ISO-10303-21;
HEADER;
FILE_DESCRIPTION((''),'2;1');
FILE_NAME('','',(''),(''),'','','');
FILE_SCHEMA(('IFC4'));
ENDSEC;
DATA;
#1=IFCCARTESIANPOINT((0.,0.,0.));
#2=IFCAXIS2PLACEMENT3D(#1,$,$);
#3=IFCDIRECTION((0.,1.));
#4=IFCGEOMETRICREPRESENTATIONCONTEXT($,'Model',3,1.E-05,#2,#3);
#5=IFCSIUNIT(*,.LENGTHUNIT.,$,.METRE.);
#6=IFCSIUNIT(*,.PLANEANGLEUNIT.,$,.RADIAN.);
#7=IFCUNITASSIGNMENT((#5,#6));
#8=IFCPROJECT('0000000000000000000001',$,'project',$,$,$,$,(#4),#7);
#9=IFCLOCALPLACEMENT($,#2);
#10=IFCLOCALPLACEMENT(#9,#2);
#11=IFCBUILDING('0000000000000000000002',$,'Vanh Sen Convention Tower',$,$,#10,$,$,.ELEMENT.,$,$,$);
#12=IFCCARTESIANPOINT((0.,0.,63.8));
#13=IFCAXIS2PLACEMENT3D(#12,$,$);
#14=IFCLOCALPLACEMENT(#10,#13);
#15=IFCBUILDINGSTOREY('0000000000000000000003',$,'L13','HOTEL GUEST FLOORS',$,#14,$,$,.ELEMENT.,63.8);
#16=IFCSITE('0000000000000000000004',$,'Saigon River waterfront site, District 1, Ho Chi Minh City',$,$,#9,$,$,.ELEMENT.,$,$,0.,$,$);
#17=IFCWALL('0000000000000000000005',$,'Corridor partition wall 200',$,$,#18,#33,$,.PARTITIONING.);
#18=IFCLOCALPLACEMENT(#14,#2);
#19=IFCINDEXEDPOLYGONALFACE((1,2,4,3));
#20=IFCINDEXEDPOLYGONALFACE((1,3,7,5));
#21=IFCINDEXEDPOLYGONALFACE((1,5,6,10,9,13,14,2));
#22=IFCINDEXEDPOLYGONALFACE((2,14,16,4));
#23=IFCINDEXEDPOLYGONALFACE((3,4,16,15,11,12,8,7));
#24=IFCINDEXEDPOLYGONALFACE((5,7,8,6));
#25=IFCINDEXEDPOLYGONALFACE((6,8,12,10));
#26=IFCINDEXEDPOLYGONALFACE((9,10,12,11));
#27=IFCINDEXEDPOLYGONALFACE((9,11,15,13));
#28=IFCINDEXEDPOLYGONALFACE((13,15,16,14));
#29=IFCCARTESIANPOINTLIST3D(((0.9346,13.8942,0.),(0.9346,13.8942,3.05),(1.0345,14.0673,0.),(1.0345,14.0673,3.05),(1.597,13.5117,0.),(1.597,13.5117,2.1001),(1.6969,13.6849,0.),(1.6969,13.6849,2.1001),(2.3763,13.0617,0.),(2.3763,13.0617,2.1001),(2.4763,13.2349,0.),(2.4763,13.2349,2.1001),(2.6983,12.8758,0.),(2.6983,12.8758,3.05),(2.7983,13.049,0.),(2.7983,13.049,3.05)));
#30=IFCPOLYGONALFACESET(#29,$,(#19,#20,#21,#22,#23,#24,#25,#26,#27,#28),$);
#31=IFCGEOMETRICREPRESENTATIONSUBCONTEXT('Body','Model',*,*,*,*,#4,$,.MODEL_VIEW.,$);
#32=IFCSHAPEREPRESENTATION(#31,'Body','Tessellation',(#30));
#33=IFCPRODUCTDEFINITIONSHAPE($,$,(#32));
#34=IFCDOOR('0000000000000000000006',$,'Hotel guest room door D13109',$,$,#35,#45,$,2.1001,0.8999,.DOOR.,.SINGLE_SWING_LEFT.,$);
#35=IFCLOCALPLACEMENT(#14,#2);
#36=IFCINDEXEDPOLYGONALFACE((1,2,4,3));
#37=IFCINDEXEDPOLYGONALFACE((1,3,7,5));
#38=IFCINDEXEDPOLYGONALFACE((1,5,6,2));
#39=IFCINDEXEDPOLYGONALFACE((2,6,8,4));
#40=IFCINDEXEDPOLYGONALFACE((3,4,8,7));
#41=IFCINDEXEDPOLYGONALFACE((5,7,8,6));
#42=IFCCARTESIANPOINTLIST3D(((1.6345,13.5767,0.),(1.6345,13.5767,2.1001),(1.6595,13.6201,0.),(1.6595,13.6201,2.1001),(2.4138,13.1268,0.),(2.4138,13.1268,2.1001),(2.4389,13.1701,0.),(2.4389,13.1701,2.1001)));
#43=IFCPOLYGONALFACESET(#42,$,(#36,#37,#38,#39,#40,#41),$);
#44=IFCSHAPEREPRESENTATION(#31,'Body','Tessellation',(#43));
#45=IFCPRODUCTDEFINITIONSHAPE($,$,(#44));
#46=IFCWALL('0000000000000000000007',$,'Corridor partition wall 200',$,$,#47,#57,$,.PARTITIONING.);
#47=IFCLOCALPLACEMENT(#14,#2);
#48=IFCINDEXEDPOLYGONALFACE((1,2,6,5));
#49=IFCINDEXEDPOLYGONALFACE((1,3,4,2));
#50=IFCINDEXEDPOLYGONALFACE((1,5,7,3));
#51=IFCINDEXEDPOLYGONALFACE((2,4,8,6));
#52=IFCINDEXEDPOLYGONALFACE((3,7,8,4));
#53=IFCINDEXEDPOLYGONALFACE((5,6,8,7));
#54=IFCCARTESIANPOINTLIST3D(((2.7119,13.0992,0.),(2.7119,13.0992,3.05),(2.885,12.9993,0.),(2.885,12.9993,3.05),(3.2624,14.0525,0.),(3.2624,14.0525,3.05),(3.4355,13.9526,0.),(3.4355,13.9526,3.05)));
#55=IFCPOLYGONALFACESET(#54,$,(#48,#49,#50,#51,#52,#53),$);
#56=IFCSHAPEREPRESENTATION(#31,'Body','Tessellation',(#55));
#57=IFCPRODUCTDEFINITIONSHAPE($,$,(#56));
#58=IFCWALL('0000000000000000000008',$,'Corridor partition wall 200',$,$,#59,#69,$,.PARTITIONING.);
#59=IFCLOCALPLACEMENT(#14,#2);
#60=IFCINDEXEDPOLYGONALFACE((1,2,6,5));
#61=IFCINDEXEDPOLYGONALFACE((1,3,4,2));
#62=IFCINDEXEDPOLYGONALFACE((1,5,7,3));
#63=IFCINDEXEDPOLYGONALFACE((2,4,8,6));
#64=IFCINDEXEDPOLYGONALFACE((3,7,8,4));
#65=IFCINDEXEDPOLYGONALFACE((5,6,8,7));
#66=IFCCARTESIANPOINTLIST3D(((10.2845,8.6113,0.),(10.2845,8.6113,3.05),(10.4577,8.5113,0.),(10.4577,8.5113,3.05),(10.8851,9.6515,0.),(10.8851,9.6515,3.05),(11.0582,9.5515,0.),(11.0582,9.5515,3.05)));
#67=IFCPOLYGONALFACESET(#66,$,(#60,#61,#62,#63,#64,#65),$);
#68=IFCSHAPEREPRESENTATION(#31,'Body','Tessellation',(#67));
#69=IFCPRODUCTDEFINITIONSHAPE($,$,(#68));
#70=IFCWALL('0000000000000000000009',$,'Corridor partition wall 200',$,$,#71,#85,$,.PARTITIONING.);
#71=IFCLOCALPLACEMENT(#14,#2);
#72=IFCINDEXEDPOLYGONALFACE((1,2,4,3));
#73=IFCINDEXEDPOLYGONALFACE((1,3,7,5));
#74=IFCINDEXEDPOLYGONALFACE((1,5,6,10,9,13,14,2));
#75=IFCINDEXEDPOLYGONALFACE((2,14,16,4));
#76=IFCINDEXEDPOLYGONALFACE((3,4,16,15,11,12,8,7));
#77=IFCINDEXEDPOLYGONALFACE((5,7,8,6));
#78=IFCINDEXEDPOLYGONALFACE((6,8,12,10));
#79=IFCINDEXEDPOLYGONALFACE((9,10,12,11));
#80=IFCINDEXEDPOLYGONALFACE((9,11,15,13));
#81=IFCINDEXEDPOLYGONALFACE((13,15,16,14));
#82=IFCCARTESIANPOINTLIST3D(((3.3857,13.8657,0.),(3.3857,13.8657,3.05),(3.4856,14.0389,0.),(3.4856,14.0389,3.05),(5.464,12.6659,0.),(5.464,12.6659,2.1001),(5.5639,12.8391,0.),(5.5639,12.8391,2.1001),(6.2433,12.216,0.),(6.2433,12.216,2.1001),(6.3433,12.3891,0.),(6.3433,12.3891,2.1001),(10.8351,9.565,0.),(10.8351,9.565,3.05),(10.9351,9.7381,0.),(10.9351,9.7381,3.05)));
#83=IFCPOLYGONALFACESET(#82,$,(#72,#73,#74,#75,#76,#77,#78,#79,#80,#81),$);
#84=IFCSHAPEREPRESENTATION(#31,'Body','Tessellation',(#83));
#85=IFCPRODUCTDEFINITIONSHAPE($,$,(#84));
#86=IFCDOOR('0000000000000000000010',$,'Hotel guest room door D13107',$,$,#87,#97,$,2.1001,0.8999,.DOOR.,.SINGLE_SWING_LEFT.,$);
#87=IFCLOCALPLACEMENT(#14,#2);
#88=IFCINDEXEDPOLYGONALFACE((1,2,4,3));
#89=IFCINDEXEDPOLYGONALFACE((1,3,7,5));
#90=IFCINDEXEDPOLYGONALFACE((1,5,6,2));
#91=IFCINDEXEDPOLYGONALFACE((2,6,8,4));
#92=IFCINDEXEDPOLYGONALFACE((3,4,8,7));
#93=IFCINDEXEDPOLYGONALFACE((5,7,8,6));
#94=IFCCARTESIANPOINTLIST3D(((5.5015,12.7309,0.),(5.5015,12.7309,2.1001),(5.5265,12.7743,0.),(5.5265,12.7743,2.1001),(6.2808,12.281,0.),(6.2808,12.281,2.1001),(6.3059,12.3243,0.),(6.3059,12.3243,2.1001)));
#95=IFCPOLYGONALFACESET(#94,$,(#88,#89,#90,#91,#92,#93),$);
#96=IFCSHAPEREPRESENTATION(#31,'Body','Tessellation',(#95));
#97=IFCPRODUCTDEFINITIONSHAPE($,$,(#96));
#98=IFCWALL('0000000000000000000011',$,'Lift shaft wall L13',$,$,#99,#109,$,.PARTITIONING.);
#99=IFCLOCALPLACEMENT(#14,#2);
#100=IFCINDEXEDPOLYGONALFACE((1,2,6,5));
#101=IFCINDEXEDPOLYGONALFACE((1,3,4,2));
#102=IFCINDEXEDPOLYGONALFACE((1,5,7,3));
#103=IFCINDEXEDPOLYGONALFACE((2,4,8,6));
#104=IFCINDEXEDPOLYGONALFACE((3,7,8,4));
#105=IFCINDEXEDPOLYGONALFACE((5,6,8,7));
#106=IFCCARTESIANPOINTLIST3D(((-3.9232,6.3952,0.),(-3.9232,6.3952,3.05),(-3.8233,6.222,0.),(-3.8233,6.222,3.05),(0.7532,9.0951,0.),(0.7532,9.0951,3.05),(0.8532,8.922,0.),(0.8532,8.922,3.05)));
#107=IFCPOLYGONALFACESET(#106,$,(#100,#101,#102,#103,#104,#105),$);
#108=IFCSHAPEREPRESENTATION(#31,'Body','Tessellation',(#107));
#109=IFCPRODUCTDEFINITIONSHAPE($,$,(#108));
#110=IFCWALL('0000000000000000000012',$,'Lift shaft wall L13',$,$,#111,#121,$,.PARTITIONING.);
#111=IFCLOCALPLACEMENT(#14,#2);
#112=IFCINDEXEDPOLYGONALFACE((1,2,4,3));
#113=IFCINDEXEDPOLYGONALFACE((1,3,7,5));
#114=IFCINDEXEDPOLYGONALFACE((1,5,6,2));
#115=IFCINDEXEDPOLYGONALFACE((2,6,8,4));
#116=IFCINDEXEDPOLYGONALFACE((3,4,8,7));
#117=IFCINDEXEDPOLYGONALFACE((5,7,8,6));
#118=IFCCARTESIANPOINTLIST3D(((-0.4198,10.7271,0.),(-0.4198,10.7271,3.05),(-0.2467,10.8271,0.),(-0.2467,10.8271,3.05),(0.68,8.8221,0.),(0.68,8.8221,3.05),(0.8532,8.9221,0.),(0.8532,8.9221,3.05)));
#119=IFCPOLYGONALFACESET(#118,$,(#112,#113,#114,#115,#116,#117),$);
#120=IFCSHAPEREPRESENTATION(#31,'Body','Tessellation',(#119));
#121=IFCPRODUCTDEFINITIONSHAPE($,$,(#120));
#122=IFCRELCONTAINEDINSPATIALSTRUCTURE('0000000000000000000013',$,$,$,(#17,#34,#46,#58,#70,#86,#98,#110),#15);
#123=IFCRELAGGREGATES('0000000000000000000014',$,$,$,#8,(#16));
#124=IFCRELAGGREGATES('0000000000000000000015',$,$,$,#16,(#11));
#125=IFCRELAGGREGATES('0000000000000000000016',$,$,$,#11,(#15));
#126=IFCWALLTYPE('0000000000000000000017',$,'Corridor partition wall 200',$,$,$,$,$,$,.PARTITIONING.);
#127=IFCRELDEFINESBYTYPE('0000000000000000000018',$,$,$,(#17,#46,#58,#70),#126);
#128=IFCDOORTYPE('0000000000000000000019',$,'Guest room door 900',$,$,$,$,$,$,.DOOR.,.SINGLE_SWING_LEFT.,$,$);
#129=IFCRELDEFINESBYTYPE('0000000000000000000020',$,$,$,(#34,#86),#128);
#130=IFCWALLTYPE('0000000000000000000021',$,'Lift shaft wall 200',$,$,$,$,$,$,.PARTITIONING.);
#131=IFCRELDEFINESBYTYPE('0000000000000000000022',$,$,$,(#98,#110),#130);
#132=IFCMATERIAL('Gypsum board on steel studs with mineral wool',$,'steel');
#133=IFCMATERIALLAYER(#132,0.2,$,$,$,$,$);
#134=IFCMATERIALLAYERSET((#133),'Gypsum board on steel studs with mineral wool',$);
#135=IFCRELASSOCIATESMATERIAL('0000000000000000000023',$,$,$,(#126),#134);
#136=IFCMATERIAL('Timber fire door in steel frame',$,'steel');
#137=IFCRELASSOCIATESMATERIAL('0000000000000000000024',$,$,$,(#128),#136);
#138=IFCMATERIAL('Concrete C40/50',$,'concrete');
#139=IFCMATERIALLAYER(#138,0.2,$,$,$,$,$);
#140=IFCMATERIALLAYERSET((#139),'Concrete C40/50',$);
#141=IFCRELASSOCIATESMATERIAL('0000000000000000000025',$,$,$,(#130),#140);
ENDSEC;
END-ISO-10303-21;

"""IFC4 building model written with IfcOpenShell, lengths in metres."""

from ifc_helpers import new_model, si_unit, direction, frame, frame_2d, origin, place, context, subcontext, project, spatial, rectangle, extrude, material, layer, layer_set, type_object, element, fill, save


model = new_model("IFC4")

# Units and contexts
model_context = context("Model", 3, precision=1e-05, world=origin(), true_north=direction((0.0, 1.0)))
body_context = subcontext(model_context, "Body", "Model", "MODEL_VIEW")
ifc_project = project(units=[si_unit("LENGTHUNIT", "METRE"), si_unit("PLANEANGLEUNIT", "RADIAN")], contexts=[model_context])

# Site, building, storey
site_placement = place(None, origin())
site = spatial("IfcSite", under=ifc_project, at=site_placement, Name="Saigon River waterfront site, District 1, Ho Chi Minh City", CompositionType="ELEMENT", RefElevation=0.0)
building_placement = place(site_placement, origin())
building = spatial("IfcBuilding", under=site, at=building_placement, Name="Vanh Sen Convention Tower", CompositionType="ELEMENT")
storey_placement = place(building_placement, frame((0.0, 0.0, 63.8)))
storey = spatial("IfcBuildingStorey", under=building, at=storey_placement, Name="L13", Description="HOTEL GUEST FLOORS", CompositionType="ELEMENT", Elevation=63.8)

# Shared definitions
ifc_material_1 = material(Name="Gypsum board on steel studs with mineral wool", Category="steel")
ifc_layer_1 = layer(ifc_material_1, 0.2)
ifc_layer_set_1 = layer_set([ifc_layer_1], Name="Gypsum board on steel studs with mineral wool")
wall_type_1 = type_object("IfcWallType", Name="Corridor partition wall 200", PredefinedType="PARTITIONING", material=ifc_layer_set_1)

# Wall, opening, door
ifc_material_2 = material(Name="Timber fire door in steel frame", Category="steel")
door_type_1 = type_object("IfcDoorType", Name="Guest room door 900", OperationType="SINGLE_SWING_LEFT", PredefinedType="DOOR", material=ifc_material_2)
wall_1_placement = place(storey_placement, frame((2.7483, 12.9624, 0.0), z_axis=(0.0, 0.0, 1.0), x_axis=(-0.866014, 0.50002, 0.0)))
wall_1 = element("IfcWall", 1, at=wall_1_placement, inside=storey, type_object=wall_type_1, Name="Corridor partition wall 200", PredefinedType="PARTITIONING", context=body_context, shape_type="SweptSolid", body=[
    extrude(rectangle(XDim=2.0366, YDim=0.2, at=frame_2d((1.0183, 0.0))), origin(), (0.0, 0.0, 1.0), 3.05),
])
opening_1_placement = place(wall_1_placement, frame((0.3718, 0.0, 0.0)))
opening_1 = element("IfcOpeningElement", 2, at=opening_1_placement, cuts=wall_1, PredefinedType="OPENING", context=body_context, shape_type="SweptSolid", body=[
    extrude(rectangle(XDim=0.8999, YDim=2.1001, at=frame_2d((0.45, 1.05))), frame((0.0, 0.1099, 0.0), z_axis=(0.0, -1.0, 0.0), x_axis=(1.0, 0.0, 0.0)), (0.0, 0.0, 1.0), 0.22),
])
door_1_placement = place(opening_1_placement, origin())
door_1 = element("IfcDoor", 3, at=door_1_placement, inside=storey, type_object=door_type_1, Name="Hotel guest room door D13109", OperationType="SINGLE_SWING_LEFT", OverallHeight=2.1001, OverallWidth=0.8999, PredefinedType="DOOR", context=body_context, shape_type="SweptSolid", body=[
    extrude(rectangle(XDim=0.8999, YDim=2.1001, at=frame_2d((0.45, 1.05))), frame((0.0, 0.0249, 0.0), z_axis=(0.0, -1.0, 0.0), x_axis=(1.0, 0.0, 0.0)), (0.0, 0.0, 1.0), 0.05),
])
fill(opening_1, door_1)

# Walls
wall_2_placement = place(storey_placement, frame((3.3489, 14.0024, 0.0), z_axis=(0.0, 0.0, 1.0), x_axis=(-0.500074, -0.865982, 0.0)))
element("IfcWall", 4, at=wall_2_placement, inside=storey, type_object=wall_type_1, Name="Corridor partition wall 200", PredefinedType="PARTITIONING", context=body_context, shape_type="SweptSolid", body=[
    extrude(rectangle(XDim=1.1008, YDim=0.2, at=frame_2d((0.5503, 0.0))), origin(), (0.0, 0.0, 1.0), 3.05),
])
wall_3_placement = place(storey_placement, frame((10.3711, 8.5613, 0.0), z_axis=(0.0, 0.0, 1.0), x_axis=(0.499986, 0.866033, 0.0)))
element("IfcWall", 5, at=wall_3_placement, inside=storey, type_object=wall_type_1, Name="Corridor partition wall 200", PredefinedType="PARTITIONING", context=body_context, shape_type="SweptSolid", body=[
    extrude(rectangle(XDim=1.2012, YDim=0.2, at=frame_2d((0.6006, 0.0))), origin(), (0.0, 0.0, 1.0), 3.05),
])

# Wall, opening, door
wall_4_placement = place(storey_placement, frame((10.885, 9.6516, 0.0), z_axis=(0.0, 0.0, 1.0), x_axis=(-0.866034, 0.499985, 0.0)))
wall_4 = element("IfcWall", 6, at=wall_4_placement, inside=storey, type_object=wall_type_1, Name="Corridor partition wall 200", PredefinedType="PARTITIONING", context=body_context, shape_type="SweptSolid", body=[
    extrude(rectangle(XDim=8.6018, YDim=0.2, at=frame_2d((4.3008, 0.0))), origin(), (0.0, 0.0, 1.0), 3.05),
])
opening_2_placement = place(wall_4_placement, frame((5.302, 0.0, 0.0)))
opening_2 = element("IfcOpeningElement", 7, at=opening_2_placement, cuts=wall_4, PredefinedType="OPENING", context=body_context, shape_type="SweptSolid", body=[
    extrude(rectangle(XDim=0.8999, YDim=2.1001, at=frame_2d((0.45, 1.05))), frame((0.0, 0.1099, 0.0), z_axis=(0.0, -1.0, 0.0), x_axis=(1.0, 0.0, 0.0)), (0.0, 0.0, 1.0), 0.22),
])
door_2_placement = place(opening_2_placement, origin())
door_2 = element("IfcDoor", 8, at=door_2_placement, inside=storey, type_object=door_type_1, Name="Hotel guest room door D13107", OperationType="SINGLE_SWING_LEFT", OverallHeight=2.1001, OverallWidth=0.8999, PredefinedType="DOOR", context=body_context, shape_type="SweptSolid", body=[
    extrude(rectangle(XDim=0.8999, YDim=2.1001, at=frame_2d((0.45, 1.05))), frame((0.0, 0.0249, 0.0), z_axis=(0.0, -1.0, 0.0), x_axis=(1.0, 0.0, 0.0)), (0.0, 0.0, 1.0), 0.05),
])
fill(opening_2, door_2)

# Walls
ifc_material_3 = material(Name="Concrete C40/50", Category="concrete")
ifc_layer_2 = layer(ifc_material_3, 0.2)
ifc_layer_set_2 = layer_set([ifc_layer_2], Name="Concrete C40/50")
wall_type_2 = type_object("IfcWallType", Name="Lift shaft wall 200", PredefinedType="PARTITIONING", material=ifc_layer_set_2)
wall_5_placement = place(storey_placement, frame((0.8032, 9.0085, 0.0), z_axis=(0.0, 0.0, 1.0), x_axis=(-0.866028, -0.499995, 0.0)))
element("IfcWall", 9, at=wall_5_placement, inside=storey, type_object=wall_type_2, Name="Lift shaft wall L13", PredefinedType="PARTITIONING", context=body_context, shape_type="SweptSolid", body=[
    extrude(rectangle(XDim=5.3999, YDim=0.2, at=frame_2d((2.7, 0.0))), origin(), (0.0, 0.0, 1.0), 3.05),
])
wall_6_placement = place(storey_placement, frame((0.7666, 8.8721, 0.0), z_axis=(0.0, 0.0, 1.0), x_axis=(-0.499995, 0.866028, 0.0)))
element("IfcWall", 10, at=wall_6_placement, inside=storey, type_object=wall_type_2, Name="Lift shaft wall L13", PredefinedType="PARTITIONING", context=body_context, shape_type="SweptSolid", body=[
    extrude(rectangle(XDim=2.1997, YDim=0.2, at=frame_2d((1.0999, 0.0))), origin(), (0.0, 0.0, 1.0), 3.05),
])

save(model, "model.ifc")
